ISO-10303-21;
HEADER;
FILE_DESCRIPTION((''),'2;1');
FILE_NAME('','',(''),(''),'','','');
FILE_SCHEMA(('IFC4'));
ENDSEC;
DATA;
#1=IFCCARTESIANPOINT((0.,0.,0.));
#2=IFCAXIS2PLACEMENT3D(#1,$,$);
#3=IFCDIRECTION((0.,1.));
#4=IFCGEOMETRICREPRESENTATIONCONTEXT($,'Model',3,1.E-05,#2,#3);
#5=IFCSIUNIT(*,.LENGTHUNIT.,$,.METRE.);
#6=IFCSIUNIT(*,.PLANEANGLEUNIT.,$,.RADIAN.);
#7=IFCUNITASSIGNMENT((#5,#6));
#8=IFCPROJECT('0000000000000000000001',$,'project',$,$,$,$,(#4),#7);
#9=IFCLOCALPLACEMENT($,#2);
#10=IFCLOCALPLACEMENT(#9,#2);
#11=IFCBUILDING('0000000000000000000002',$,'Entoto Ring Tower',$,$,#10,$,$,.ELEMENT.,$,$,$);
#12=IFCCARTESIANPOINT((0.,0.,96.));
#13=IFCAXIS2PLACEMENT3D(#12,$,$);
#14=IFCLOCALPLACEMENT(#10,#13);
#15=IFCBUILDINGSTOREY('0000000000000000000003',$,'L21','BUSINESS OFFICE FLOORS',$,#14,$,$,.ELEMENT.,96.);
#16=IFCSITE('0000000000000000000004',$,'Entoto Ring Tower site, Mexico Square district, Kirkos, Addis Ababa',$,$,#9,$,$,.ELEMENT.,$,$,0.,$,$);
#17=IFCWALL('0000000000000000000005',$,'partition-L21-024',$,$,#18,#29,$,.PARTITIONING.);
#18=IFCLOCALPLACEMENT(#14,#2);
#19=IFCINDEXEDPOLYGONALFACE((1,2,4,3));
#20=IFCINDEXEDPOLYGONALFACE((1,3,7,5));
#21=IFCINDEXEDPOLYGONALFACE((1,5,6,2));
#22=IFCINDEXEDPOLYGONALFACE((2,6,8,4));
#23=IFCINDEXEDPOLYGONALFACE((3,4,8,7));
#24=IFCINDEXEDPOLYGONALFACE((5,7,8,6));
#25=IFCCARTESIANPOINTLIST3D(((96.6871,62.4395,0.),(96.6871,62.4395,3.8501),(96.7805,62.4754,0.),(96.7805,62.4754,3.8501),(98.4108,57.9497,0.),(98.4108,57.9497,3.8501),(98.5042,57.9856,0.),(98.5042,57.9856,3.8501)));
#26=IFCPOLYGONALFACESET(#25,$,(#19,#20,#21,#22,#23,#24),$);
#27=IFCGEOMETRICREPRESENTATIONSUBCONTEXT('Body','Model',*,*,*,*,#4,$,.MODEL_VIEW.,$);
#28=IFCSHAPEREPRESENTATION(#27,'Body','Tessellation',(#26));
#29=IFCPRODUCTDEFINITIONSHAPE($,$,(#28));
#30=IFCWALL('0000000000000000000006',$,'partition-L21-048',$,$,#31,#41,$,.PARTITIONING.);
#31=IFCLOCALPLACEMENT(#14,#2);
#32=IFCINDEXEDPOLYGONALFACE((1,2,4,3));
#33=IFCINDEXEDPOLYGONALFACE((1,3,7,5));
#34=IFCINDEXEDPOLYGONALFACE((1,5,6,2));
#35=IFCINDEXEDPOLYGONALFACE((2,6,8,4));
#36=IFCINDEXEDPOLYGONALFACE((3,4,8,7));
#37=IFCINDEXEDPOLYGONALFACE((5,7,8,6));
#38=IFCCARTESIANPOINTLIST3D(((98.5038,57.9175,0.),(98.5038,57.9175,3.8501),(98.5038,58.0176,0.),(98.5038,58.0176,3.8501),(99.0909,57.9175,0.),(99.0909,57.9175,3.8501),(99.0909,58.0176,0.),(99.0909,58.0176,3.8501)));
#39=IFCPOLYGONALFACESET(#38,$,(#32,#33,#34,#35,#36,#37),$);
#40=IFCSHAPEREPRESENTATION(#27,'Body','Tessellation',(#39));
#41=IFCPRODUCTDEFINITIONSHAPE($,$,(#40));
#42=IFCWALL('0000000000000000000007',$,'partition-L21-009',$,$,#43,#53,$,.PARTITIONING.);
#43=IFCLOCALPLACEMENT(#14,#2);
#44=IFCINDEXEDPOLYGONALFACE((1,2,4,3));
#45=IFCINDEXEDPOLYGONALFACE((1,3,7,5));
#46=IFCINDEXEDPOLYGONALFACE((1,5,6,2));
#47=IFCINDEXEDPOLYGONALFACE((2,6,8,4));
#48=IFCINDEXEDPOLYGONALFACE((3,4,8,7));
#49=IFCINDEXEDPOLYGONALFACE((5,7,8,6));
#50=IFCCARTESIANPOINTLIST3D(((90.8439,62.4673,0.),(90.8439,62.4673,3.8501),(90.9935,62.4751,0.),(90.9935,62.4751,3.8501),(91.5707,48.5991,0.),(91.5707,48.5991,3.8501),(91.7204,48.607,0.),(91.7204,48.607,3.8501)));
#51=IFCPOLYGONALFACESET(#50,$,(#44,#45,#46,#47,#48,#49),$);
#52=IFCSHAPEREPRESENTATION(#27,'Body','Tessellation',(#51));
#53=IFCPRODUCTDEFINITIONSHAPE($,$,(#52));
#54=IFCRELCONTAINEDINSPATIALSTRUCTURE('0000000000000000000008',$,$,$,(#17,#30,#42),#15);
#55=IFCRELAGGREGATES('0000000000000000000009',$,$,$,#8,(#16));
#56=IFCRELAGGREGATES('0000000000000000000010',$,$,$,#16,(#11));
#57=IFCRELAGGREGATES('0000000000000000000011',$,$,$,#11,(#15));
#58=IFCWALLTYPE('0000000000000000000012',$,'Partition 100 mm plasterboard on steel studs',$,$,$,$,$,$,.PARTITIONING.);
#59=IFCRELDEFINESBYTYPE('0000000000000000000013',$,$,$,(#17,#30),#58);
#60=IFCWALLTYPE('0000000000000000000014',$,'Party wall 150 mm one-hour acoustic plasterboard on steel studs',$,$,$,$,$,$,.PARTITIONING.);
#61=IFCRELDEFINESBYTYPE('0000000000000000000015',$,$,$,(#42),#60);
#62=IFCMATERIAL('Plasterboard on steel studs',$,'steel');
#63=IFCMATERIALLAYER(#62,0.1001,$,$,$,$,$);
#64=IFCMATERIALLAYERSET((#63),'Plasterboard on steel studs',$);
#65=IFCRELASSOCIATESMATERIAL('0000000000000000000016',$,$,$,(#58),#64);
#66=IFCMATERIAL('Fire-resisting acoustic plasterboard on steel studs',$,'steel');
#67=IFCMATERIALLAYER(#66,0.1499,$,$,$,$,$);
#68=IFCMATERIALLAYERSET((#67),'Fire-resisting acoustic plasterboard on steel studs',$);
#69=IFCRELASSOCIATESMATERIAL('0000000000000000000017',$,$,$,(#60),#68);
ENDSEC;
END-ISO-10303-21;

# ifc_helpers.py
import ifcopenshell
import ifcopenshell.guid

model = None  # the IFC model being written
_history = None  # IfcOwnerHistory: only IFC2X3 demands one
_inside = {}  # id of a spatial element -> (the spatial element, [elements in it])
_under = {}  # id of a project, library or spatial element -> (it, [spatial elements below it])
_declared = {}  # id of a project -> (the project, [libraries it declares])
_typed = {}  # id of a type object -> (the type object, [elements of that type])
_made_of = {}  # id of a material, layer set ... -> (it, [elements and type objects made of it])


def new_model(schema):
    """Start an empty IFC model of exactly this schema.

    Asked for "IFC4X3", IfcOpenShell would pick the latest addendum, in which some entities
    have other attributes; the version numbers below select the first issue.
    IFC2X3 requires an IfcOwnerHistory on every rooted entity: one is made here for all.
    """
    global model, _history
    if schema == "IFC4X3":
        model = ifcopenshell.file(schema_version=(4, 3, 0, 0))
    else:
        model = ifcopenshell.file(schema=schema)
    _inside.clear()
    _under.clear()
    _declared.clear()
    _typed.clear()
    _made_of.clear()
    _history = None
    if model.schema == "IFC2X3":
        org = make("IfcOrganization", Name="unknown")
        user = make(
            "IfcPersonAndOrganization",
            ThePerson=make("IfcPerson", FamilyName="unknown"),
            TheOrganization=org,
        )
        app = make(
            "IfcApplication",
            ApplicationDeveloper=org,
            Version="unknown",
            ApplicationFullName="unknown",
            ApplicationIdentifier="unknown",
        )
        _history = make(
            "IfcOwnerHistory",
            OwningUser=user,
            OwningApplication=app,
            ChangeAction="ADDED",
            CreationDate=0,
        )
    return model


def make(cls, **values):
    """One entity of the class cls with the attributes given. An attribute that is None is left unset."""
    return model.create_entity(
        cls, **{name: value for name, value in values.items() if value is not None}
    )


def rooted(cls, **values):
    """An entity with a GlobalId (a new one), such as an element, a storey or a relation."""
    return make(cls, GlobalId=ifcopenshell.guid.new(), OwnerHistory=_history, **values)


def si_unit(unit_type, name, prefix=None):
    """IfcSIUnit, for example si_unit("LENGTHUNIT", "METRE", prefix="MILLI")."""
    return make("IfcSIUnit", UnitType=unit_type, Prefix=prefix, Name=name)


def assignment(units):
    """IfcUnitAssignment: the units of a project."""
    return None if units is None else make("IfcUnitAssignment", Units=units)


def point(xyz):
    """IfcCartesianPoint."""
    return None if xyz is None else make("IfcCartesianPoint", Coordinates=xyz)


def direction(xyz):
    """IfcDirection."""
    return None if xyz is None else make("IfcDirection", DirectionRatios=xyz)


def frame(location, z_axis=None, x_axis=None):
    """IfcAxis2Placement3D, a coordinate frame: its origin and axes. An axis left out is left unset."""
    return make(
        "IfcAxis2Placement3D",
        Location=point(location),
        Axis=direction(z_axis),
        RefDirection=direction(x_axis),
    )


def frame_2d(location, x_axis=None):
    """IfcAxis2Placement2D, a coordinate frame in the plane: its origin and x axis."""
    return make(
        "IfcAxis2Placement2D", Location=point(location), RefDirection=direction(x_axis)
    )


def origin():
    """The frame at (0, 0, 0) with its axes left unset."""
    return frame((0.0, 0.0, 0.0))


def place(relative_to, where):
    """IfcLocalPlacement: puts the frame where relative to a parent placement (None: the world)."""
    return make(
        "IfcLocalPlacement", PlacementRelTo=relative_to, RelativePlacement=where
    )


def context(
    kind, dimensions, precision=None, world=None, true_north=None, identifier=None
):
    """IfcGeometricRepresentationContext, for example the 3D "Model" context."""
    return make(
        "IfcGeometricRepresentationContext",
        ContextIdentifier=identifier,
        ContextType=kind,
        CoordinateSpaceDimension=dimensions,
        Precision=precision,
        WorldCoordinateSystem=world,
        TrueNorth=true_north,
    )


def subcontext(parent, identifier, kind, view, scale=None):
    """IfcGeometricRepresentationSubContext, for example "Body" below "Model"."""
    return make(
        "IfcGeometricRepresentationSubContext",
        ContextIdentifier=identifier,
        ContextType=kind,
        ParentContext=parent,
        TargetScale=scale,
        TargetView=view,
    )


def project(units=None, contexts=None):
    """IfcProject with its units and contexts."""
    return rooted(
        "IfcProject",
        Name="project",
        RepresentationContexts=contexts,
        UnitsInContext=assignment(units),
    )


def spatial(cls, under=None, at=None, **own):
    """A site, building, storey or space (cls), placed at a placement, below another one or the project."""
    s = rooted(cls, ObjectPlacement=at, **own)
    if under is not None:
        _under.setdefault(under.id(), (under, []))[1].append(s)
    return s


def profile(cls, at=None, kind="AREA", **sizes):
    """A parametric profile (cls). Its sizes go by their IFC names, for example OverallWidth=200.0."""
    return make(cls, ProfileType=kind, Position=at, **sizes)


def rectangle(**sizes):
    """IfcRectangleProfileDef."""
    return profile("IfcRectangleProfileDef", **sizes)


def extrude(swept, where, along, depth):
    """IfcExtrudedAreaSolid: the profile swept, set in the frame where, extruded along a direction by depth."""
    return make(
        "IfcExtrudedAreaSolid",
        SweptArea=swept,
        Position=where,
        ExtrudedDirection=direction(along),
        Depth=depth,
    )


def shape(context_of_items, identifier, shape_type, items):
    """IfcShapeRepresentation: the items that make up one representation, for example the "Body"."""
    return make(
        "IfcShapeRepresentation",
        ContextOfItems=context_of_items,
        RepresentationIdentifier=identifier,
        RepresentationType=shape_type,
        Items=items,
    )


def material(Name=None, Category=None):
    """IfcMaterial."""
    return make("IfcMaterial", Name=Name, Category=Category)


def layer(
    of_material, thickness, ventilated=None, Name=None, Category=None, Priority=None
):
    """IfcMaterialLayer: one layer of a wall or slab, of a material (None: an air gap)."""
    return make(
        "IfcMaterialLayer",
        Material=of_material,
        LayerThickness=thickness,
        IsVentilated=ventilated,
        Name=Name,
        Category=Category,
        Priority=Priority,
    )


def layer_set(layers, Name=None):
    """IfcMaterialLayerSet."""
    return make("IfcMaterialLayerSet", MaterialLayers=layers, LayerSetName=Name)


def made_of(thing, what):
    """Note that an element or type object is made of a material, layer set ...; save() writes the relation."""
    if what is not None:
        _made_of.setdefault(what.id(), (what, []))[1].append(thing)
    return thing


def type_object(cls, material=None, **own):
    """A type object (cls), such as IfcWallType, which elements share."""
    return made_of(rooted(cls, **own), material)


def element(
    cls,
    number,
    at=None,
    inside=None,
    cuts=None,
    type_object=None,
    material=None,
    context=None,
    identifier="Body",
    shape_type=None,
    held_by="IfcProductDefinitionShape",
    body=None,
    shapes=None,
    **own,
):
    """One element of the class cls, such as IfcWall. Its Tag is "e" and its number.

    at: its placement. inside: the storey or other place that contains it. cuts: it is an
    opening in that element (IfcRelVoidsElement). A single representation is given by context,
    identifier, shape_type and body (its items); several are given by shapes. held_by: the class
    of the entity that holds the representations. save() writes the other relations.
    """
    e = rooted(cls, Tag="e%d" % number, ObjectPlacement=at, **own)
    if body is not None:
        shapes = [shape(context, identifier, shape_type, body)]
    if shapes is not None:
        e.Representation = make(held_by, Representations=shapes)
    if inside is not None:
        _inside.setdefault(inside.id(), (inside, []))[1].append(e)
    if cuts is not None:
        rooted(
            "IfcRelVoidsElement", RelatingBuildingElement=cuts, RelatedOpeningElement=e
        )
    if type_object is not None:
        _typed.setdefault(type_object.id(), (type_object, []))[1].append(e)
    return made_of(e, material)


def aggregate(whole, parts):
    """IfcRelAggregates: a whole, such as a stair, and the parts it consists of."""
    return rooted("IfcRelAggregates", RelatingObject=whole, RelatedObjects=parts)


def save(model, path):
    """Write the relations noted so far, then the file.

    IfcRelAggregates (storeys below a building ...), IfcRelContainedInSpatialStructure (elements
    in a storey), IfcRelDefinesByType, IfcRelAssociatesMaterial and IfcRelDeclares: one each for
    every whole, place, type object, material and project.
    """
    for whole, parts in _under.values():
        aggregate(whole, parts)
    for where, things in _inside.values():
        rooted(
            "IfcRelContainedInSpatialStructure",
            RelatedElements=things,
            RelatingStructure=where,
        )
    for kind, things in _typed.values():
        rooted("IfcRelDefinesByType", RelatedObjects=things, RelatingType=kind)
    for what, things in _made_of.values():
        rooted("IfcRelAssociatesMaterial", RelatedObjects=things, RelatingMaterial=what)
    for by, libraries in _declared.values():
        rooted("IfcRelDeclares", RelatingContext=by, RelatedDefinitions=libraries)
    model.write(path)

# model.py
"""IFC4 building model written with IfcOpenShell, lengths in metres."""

from ifc_helpers import new_model, si_unit, direction, frame, frame_2d, origin, place, context, subcontext, project, spatial, rectangle, extrude, material, layer, layer_set, type_object, element, save


model = new_model("IFC4")

# Units and contexts
model_context = context("Model", 3, precision=1e-05, world=origin(), true_north=direction((0.0, 1.0)))
body_context = subcontext(model_context, "Body", "Model", "MODEL_VIEW")
ifc_project = project(units=[si_unit("LENGTHUNIT", "METRE"), si_unit("PLANEANGLEUNIT", "RADIAN")], contexts=[model_context])

# Site, building, storey
site_placement = place(None, origin())
site = spatial("IfcSite", under=ifc_project, at=site_placement, Name="Entoto Ring Tower site, Mexico Square district, Kirkos, Addis Ababa", CompositionType="ELEMENT", RefElevation=0.0)
building_placement = place(site_placement, origin())
building = spatial("IfcBuilding", under=site, at=building_placement, Name="Entoto Ring Tower", CompositionType="ELEMENT")
storey_placement = place(building_placement, frame((0.0, 0.0, 96.0)))
storey = spatial("IfcBuildingStorey", under=building, at=storey_placement, Name="L21", Description="BUSINESS OFFICE FLOORS", CompositionType="ELEMENT", Elevation=96.0)

# Shared definitions
ifc_material_1 = material(Name="Plasterboard on steel studs", Category="steel")
ifc_layer_1 = layer(ifc_material_1, 0.1001)
ifc_layer_set_1 = layer_set([ifc_layer_1], Name="Plasterboard on steel studs")
wall_type_1 = type_object("IfcWallType", Name="Partition 100 mm plasterboard on steel studs", PredefinedType="PARTITIONING", material=ifc_layer_set_1)

# Walls
wall_1_placement = place(storey_placement, frame((98.4575, 57.9675, 0.0), z_axis=(0.0, 0.0, 1.0), x_axis=(-0.358401, 0.933568, 0.0)))
element("IfcWall", 1, at=wall_1_placement, inside=storey, type_object=wall_type_1, Name="partition-L21-024", PredefinedType="PARTITIONING", context=body_context, shape_type="SweptSolid", body=[
    extrude(rectangle(XDim=4.8093, YDim=0.1001, at=frame_2d((2.4048, 0.0))), origin(), (0.0, 0.0, 1.0), 3.8501),
])
wall_2_placement = place(storey_placement, frame((98.5039, 57.9675, 0.0), z_axis=(0.0, 0.0, 1.0), x_axis=(1.0, 0.0, 0.0)))
element("IfcWall", 2, at=wall_2_placement, inside=storey, type_object=wall_type_1, Name="partition-L21-048", PredefinedType="PARTITIONING", context=body_context, shape_type="SweptSolid", body=[
    extrude(rectangle(XDim=0.5872, YDim=0.1001, at=frame_2d((0.2935, 0.0))), origin(), (0.0, 0.0, 1.0), 3.8501),
])
ifc_material_2 = material(Name="Fire-resisting acoustic plasterboard on steel studs", Category="steel")
ifc_layer_2 = layer(ifc_material_2, 0.1499)
ifc_layer_set_2 = layer_set([ifc_layer_2], Name="Fire-resisting acoustic plasterboard on steel studs")
wall_type_2 = type_object("IfcWallType", Name="Party wall 150 mm one-hour acoustic plasterboard on steel studs", PredefinedType="PARTITIONING", material=ifc_layer_set_2)
wall_3_placement = place(storey_placement, frame((91.6455, 48.603, 0.0), z_axis=(0.0, 0.0, 1.0), x_axis=(-0.052336, 0.99863, 0.0)))
element("IfcWall", 3, at=wall_3_placement, inside=storey, type_object=wall_type_2, Name="partition-L21-009", PredefinedType="PARTITIONING", context=body_context, shape_type="SweptSolid", body=[
    extrude(rectangle(XDim=13.8872, YDim=0.1499, at=frame_2d((6.9436, 0.0))), origin(), (0.0, 0.0, 1.0), 3.8501),
])

save(model, "model.ifc")
